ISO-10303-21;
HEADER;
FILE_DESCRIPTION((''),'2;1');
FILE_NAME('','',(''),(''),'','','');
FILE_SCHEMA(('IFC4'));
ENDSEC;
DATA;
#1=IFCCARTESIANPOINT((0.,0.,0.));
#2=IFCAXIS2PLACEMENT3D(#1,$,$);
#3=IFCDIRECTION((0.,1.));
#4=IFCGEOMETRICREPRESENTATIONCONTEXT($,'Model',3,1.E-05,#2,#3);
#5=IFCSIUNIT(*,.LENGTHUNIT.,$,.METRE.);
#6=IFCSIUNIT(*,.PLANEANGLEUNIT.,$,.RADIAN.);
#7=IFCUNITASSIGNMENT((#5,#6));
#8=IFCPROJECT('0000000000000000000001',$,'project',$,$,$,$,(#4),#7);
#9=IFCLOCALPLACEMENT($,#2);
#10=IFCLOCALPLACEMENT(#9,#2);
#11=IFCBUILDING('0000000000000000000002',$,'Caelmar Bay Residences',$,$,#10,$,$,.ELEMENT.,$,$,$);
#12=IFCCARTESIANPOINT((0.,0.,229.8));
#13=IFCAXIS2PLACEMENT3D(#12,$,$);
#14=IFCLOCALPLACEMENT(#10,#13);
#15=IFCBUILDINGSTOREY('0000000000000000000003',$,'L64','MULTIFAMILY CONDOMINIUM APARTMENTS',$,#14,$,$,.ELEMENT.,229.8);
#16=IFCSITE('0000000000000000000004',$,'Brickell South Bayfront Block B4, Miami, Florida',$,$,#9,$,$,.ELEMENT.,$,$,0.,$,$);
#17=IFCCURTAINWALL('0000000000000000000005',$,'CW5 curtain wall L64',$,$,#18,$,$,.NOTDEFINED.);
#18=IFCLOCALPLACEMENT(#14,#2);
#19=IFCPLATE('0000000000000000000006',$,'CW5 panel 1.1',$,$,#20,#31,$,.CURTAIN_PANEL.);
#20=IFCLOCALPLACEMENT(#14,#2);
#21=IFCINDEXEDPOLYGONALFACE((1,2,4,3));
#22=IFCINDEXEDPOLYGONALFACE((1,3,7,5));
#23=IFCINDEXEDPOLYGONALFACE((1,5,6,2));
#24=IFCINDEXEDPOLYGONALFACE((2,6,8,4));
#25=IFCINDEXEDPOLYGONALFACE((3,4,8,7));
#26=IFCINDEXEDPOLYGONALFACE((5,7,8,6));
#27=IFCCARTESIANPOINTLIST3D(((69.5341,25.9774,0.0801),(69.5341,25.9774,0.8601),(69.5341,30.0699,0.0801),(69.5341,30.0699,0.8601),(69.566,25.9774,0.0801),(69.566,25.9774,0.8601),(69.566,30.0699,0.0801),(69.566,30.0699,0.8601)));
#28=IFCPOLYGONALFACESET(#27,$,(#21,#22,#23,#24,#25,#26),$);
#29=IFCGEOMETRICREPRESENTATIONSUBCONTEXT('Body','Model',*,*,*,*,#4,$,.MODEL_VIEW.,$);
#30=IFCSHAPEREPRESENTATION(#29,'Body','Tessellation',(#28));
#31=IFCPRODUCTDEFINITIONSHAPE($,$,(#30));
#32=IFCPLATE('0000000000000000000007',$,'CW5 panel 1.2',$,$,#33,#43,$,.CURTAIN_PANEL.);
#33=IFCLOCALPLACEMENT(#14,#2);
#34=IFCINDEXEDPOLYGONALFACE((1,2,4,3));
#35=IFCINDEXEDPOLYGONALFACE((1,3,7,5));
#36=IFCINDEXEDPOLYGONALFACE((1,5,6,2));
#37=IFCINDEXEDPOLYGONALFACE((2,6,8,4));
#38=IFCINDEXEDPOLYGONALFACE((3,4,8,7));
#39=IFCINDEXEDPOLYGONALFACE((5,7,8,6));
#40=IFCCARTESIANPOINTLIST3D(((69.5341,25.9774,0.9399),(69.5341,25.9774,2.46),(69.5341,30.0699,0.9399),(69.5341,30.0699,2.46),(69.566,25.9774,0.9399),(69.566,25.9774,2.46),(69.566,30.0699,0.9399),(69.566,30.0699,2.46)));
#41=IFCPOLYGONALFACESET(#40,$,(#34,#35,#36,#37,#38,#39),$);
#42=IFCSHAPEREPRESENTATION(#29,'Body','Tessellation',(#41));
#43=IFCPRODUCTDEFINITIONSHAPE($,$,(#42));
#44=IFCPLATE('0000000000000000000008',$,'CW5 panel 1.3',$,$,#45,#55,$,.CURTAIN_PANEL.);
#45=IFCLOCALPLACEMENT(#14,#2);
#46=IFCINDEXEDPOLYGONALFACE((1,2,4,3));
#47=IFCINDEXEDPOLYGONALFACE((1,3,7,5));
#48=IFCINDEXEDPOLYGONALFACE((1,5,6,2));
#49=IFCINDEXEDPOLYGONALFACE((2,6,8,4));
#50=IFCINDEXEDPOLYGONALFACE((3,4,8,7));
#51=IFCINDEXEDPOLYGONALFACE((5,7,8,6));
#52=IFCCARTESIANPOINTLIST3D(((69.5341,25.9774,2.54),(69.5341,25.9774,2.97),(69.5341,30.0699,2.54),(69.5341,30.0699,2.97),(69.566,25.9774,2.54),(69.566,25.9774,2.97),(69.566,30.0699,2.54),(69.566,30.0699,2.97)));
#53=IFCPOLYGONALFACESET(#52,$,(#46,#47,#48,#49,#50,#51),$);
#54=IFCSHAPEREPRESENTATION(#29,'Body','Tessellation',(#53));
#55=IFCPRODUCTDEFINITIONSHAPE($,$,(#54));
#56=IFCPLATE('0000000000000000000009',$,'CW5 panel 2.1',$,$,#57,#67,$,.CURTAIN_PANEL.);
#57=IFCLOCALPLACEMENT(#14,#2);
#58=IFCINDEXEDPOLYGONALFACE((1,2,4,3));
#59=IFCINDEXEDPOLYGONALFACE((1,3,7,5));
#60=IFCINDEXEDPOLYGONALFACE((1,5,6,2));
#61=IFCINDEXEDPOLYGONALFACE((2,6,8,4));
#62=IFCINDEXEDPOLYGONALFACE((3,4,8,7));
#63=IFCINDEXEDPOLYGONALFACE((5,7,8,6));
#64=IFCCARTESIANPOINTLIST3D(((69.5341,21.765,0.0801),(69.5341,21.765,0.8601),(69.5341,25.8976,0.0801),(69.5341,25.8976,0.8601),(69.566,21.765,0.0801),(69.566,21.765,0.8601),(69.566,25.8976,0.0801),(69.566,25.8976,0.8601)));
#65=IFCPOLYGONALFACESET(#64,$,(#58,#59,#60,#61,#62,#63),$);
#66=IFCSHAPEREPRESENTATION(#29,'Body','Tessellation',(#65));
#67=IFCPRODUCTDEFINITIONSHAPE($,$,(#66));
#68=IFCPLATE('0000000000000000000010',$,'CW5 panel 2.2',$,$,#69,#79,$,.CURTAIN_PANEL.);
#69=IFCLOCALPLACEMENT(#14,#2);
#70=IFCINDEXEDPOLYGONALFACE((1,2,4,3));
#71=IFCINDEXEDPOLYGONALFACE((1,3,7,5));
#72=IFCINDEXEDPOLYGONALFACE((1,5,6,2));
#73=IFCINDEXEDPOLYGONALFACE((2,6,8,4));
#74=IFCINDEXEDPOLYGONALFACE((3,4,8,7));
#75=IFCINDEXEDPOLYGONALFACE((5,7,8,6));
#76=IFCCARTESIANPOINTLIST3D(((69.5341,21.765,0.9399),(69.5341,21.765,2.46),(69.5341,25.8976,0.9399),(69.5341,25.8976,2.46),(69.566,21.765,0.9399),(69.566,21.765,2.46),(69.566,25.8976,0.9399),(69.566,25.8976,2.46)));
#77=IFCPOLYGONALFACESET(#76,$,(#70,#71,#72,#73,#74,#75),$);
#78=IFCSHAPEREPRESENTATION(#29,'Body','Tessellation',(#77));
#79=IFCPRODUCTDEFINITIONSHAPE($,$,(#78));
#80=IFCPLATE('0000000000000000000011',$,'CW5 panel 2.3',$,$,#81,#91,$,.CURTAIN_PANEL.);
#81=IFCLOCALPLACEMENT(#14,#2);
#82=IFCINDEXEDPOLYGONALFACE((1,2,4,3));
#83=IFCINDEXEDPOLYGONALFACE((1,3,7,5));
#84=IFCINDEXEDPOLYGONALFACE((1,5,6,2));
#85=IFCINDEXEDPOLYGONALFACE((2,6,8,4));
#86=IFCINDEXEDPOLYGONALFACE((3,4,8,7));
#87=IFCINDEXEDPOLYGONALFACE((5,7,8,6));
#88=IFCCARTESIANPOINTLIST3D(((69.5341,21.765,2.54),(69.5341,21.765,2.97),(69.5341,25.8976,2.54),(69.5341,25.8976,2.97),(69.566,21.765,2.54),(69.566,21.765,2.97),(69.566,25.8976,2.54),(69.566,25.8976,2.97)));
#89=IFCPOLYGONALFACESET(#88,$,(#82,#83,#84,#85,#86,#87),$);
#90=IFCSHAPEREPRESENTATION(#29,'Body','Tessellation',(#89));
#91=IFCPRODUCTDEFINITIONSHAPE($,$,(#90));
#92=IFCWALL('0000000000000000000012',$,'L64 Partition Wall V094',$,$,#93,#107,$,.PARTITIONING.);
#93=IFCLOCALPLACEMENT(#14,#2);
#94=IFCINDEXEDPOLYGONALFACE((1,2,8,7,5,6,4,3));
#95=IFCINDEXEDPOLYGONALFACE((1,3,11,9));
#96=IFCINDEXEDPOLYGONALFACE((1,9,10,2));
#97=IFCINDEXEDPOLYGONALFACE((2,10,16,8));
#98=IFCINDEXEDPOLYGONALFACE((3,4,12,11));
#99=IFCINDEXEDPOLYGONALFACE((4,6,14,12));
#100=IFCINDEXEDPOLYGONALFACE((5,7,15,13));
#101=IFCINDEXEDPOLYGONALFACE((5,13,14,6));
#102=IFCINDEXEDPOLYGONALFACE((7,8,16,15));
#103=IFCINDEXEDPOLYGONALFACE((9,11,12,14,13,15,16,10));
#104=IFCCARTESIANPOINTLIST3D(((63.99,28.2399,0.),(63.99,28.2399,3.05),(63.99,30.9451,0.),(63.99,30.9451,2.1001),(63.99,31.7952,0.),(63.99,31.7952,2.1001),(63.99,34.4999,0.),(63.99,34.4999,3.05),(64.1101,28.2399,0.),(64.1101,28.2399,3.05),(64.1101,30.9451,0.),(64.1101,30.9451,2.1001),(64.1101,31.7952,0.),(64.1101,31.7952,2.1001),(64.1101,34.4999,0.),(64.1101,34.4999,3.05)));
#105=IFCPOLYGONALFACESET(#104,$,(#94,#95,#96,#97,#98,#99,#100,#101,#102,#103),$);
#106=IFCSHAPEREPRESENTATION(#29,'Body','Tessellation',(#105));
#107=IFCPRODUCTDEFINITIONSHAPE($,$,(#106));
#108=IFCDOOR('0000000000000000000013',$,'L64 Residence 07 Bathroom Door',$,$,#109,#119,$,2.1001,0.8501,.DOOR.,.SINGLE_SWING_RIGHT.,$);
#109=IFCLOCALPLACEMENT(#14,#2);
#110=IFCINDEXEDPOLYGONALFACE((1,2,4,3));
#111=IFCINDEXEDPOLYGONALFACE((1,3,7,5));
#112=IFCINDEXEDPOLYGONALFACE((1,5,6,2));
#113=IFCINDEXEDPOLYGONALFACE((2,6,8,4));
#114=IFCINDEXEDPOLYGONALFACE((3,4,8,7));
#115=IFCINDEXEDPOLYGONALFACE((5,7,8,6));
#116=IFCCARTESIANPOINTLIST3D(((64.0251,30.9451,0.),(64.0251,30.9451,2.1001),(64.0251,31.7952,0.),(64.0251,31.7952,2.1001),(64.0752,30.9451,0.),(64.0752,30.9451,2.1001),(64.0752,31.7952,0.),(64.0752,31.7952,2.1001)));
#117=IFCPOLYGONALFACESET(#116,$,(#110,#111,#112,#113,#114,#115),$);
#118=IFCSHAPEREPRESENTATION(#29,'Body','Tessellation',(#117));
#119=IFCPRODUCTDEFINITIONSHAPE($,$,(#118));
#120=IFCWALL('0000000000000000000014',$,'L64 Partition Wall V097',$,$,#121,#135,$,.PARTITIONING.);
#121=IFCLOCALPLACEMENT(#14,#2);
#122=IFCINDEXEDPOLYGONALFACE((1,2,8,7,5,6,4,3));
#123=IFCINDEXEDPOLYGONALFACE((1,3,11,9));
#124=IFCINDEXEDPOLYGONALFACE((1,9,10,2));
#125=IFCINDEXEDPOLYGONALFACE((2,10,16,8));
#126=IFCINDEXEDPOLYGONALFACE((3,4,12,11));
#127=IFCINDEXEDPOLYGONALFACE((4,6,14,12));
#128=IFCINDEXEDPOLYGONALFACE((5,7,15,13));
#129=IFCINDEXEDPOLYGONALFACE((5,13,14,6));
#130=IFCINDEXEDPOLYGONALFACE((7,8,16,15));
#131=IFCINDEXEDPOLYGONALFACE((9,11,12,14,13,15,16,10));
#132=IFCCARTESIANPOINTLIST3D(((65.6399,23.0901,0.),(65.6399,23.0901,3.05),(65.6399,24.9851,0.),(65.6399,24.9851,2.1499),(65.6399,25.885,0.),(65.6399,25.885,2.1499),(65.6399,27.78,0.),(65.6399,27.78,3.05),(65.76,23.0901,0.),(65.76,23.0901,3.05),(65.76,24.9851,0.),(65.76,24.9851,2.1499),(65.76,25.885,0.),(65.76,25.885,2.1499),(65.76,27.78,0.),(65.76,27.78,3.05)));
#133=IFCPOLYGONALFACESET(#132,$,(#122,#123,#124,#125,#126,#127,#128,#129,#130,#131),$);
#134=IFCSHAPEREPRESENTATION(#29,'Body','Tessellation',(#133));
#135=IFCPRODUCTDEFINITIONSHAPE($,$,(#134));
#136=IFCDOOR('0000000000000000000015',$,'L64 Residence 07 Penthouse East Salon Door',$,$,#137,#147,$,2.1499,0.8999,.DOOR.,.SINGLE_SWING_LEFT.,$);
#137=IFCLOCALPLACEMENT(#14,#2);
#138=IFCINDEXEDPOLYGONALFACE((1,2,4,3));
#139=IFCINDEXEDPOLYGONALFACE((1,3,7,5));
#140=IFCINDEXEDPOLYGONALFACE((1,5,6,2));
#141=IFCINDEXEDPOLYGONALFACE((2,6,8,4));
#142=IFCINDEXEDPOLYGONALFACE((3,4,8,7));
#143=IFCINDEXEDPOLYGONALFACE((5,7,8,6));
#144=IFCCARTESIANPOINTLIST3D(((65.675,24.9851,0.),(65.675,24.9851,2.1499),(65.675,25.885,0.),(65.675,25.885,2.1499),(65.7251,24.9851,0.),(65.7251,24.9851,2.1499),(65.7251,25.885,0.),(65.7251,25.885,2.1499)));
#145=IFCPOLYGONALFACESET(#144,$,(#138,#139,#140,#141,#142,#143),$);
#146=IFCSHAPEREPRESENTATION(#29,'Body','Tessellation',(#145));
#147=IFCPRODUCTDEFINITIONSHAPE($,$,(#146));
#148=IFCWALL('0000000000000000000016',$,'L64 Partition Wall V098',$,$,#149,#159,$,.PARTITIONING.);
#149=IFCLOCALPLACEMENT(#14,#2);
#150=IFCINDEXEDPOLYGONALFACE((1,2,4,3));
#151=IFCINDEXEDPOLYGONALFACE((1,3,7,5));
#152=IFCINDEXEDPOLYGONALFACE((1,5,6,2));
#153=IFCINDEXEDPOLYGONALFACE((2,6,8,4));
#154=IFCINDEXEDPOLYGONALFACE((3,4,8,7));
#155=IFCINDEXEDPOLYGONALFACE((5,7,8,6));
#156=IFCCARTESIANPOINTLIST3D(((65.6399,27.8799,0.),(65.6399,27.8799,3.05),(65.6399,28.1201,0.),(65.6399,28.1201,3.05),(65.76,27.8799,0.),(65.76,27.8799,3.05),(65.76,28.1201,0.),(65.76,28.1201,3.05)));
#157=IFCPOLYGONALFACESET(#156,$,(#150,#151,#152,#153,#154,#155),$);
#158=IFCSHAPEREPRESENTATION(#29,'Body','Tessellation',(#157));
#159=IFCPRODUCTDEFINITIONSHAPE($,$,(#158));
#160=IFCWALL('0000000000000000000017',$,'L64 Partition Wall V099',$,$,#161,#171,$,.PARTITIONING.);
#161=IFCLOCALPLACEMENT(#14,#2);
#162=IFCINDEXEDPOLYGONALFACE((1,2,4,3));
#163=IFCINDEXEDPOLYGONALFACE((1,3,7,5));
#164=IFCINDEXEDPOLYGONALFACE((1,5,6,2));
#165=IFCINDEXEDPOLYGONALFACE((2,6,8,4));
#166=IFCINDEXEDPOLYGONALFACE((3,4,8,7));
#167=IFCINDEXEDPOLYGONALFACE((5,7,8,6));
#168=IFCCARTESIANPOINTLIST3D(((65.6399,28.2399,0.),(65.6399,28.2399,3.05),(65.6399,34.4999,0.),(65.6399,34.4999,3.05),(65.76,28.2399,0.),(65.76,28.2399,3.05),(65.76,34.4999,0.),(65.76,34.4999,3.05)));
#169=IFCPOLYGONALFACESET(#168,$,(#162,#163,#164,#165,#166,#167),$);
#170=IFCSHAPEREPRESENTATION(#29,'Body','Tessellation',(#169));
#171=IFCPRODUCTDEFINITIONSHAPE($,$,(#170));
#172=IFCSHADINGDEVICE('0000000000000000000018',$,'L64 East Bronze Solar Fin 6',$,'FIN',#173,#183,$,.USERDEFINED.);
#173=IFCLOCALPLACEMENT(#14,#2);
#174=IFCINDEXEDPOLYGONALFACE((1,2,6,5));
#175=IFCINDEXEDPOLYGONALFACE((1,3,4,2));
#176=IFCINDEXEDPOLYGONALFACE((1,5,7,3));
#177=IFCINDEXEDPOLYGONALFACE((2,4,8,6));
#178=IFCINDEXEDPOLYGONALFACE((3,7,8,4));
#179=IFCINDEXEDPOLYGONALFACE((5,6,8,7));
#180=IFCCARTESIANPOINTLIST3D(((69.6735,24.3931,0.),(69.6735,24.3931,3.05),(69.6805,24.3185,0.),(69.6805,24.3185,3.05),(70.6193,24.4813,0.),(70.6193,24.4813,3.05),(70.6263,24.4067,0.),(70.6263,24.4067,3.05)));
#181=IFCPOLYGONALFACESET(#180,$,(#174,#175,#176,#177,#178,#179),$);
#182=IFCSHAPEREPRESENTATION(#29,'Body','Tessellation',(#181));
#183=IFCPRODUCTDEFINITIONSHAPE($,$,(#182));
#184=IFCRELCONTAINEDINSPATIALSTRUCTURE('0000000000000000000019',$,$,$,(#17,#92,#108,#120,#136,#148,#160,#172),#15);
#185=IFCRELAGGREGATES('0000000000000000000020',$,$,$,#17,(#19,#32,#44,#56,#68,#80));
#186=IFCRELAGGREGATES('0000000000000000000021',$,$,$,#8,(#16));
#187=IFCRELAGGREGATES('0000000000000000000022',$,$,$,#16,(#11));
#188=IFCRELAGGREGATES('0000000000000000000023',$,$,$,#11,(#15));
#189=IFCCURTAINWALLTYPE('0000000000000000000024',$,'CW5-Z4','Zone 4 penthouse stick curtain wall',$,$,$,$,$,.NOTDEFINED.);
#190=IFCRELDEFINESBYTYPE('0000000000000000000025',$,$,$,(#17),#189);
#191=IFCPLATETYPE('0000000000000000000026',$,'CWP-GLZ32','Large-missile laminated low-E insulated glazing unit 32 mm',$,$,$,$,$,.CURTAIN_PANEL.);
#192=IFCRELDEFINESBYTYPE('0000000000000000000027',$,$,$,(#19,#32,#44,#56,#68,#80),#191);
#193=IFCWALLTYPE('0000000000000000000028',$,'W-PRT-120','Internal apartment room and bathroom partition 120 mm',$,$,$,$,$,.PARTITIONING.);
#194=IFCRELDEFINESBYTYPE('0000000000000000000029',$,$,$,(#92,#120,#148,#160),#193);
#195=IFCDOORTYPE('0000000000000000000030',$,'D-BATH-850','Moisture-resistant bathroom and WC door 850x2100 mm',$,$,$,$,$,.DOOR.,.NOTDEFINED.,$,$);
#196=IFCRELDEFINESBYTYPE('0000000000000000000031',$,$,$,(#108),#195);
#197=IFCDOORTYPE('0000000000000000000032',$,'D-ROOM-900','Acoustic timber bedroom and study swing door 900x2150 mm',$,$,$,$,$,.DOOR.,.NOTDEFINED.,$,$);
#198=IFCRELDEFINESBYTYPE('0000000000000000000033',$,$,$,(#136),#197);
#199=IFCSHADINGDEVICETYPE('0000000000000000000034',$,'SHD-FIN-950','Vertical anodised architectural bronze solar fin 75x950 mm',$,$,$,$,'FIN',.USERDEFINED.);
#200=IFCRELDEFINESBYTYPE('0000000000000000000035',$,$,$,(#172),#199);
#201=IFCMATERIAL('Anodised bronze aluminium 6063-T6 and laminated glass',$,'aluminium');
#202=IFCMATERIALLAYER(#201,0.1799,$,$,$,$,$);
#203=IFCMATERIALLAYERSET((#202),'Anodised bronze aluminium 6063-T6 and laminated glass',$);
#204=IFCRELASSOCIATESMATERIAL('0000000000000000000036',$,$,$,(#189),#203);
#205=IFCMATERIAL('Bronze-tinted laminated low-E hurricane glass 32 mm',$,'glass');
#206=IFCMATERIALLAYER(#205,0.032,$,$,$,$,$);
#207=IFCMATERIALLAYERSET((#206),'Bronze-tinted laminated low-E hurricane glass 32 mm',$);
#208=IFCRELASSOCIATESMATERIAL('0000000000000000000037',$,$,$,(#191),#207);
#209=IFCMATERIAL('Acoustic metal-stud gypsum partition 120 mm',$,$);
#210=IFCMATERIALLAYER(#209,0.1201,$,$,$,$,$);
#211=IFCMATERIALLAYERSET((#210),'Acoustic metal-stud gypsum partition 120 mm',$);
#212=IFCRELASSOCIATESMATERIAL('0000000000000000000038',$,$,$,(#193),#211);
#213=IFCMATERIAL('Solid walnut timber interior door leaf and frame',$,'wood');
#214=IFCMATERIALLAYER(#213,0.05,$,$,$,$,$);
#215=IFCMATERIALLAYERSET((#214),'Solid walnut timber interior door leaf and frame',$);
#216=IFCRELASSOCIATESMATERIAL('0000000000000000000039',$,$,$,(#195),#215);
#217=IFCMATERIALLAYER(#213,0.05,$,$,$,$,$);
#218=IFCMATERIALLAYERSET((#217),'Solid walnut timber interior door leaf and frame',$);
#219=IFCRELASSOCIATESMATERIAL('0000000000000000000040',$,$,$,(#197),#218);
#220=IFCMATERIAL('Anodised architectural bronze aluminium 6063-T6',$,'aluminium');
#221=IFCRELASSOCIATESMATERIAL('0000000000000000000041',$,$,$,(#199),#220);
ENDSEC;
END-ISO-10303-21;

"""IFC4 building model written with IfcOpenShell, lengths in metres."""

from ifc_helpers import new_model, si_unit, direction, frame, frame_2d, origin, origin_2d, place, context, subcontext, project, spatial, rectangle, extrude, material, layer, layer_set, material_profile, profile_set, type_object, element, fill, aggregate, save


model = new_model("IFC4")

# Units and contexts
model_context = context("Model", 3, precision=1e-05, world=origin(), true_north=direction((0.0, 1.0)))
body_context = subcontext(model_context, "Body", "Model", "MODEL_VIEW")
ifc_project = project(units=[si_unit("LENGTHUNIT", "METRE"), si_unit("PLANEANGLEUNIT", "RADIAN")], contexts=[model_context])

# Site, building, storey
site_placement = place(None, origin())
site = spatial("IfcSite", under=ifc_project, at=site_placement, Name="Brickell South Bayfront Block B4, Miami, Florida", CompositionType="ELEMENT", RefElevation=0.0)
building_placement = place(site_placement, origin())
building = spatial("IfcBuilding", under=site, at=building_placement, Name="Caelmar Bay Residences", CompositionType="ELEMENT")
storey_placement = place(building_placement, frame((0.0, 0.0, 229.8)))
storey = spatial("IfcBuildingStorey", under=building, at=storey_placement, Name="L64", Description="MULTIFAMILY CONDOMINIUM APARTMENTS", CompositionType="ELEMENT", Elevation=229.8)

# Curtain wall, plates
ifc_material_1 = material(Name="Anodised bronze aluminium 6063-T6 and laminated glass", Category="aluminium")
ifc_layer_1 = layer(ifc_material_1, 0.1799)
ifc_layer_set_1 = layer_set([ifc_layer_1], Name="Anodised bronze aluminium 6063-T6 and laminated glass")
curtain_wall_type = type_object("IfcCurtainWallType", Name="CW5-Z4", Description="Zone 4 penthouse stick curtain wall", PredefinedType="NOTDEFINED", material=ifc_layer_set_1)
curtain_wall_placement = place(storey_placement, origin())
curtain_wall = element("IfcCurtainWall", 1, at=curtain_wall_placement, inside=storey, type_object=curtain_wall_type, Name="CW5 curtain wall L64", PredefinedType="NOTDEFINED")
ifc_material_2 = material(Name="Bronze-tinted laminated low-E hurricane glass 32 mm", Category="glass")
ifc_layer_2 = layer(ifc_material_2, 0.032)
ifc_layer_set_2 = layer_set([ifc_layer_2], Name="Bronze-tinted laminated low-E hurricane glass 32 mm")
plate_type = type_object("IfcPlateType", Name="CWP-GLZ32", Description="Large-missile laminated low-E insulated glazing unit 32 mm", PredefinedType="CURTAIN_PANEL", material=ifc_layer_set_2)
plate_1_placement = place(storey_placement, frame((69.55, 28.0237, 0.0801), z_axis=(0.0, 0.0, 1.0), x_axis=(0.0, -1.0, 0.0)))
plate_1 = element("IfcPlate", 2, at=plate_1_placement, type_object=plate_type, Name="CW5 panel 1.1", PredefinedType="CURTAIN_PANEL", context=body_context, shape_type="SweptSolid", body=[
    extrude(rectangle(XDim=4.0925, YDim=0.032, at=origin_2d()), origin(), (0.0, 0.0, 1.0), 0.78),
])
plate_2_placement = place(storey_placement, frame((69.55, 28.0237, 0.9399), z_axis=(0.0, 0.0, 1.0), x_axis=(0.0, -1.0, 0.0)))
plate_2 = element("IfcPlate", 3, at=plate_2_placement, type_object=plate_type, Name="CW5 panel 1.2", PredefinedType="CURTAIN_PANEL", context=body_context, shape_type="SweptSolid", body=[
    extrude(rectangle(XDim=4.0925, YDim=0.032, at=origin_2d()), origin(), (0.0, 0.0, 1.0), 1.52),
])
plate_3_placement = place(storey_placement, frame((69.55, 28.0237, 2.54), z_axis=(0.0, 0.0, 1.0), x_axis=(0.0, -1.0, 0.0)))
plate_3 = element("IfcPlate", 4, at=plate_3_placement, type_object=plate_type, Name="CW5 panel 1.3", PredefinedType="CURTAIN_PANEL", context=body_context, shape_type="SweptSolid", body=[
    extrude(rectangle(XDim=4.0925, YDim=0.032, at=origin_2d()), origin(), (0.0, 0.0, 1.0), 0.4299),
])
plate_4_placement = place(storey_placement, frame((69.55, 23.8313, 0.0801), z_axis=(0.0, 0.0, 1.0), x_axis=(0.0, -1.0, 0.0)))
plate_4 = element("IfcPlate", 5, at=plate_4_placement, type_object=plate_type, Name="CW5 panel 2.1", PredefinedType="CURTAIN_PANEL", context=body_context, shape_type="SweptSolid", body=[
    extrude(rectangle(XDim=4.1326, YDim=0.032, at=origin_2d()), origin(), (0.0, 0.0, 1.0), 0.78),
])
plate_5_placement = place(storey_placement, frame((69.55, 23.8313, 0.9399), z_axis=(0.0, 0.0, 1.0), x_axis=(0.0, -1.0, 0.0)))
plate_5 = element("IfcPlate", 6, at=plate_5_placement, type_object=plate_type, Name="CW5 panel 2.2", PredefinedType="CURTAIN_PANEL", context=body_context, shape_type="SweptSolid", body=[
    extrude(rectangle(XDim=4.1326, YDim=0.032, at=origin_2d()), origin(), (0.0, 0.0, 1.0), 1.52),
])
plate_6_placement = place(storey_placement, frame((69.55, 23.8313, 2.54), z_axis=(0.0, 0.0, 1.0), x_axis=(0.0, -1.0, 0.0)))
plate_6 = element("IfcPlate", 7, at=plate_6_placement, type_object=plate_type, Name="CW5 panel 2.3", PredefinedType="CURTAIN_PANEL", context=body_context, shape_type="SweptSolid", body=[
    extrude(rectangle(XDim=4.1326, YDim=0.032, at=origin_2d()), origin(), (0.0, 0.0, 1.0), 0.4299),
])
aggregate(curtain_wall, [plate_1, plate_2, plate_3, plate_4, plate_5, plate_6])

# Walls, openings, doors
ifc_material_3 = material(Name="Acoustic metal-stud gypsum partition 120 mm")
ifc_layer_3 = layer(ifc_material_3, 0.1201)
ifc_layer_set_3 = layer_set([ifc_layer_3], Name="Acoustic metal-stud gypsum partition 120 mm")
wall_type = type_object("IfcWallType", Name="W-PRT-120", Description="Internal apartment room and bathroom partition 120 mm", PredefinedType="PARTITIONING", material=ifc_layer_set_3)
wall_1_placement = place(storey_placement, frame((64.05, 28.24, 0.0), z_axis=(0.0, 0.0, 1.0), x_axis=(0.0, 1.0, 0.0)))
wall_1 = element("IfcWall", 8, at=wall_1_placement, inside=storey, type_object=wall_type, Name="L64 Partition Wall V094", PredefinedType="PARTITIONING", context=body_context, shape_type="SweptSolid", body=[
    extrude(rectangle(XDim=6.26, YDim=0.1201, at=frame_2d((3.1299, 0.0))), origin(), (0.0, 0.0, 1.0), 3.05),
])
opening_1_placement = place(wall_1_placement, frame((2.7051, 0.0, 0.0)))
opening_1 = element("IfcOpeningElement", 9, at=opening_1_placement, cuts=wall_1, PredefinedType="OPENING", context=body_context, shape_type="SweptSolid", body=[
    extrude(rectangle(XDim=0.8501, YDim=2.1001, at=frame_2d((0.425, 1.05))), frame((0.0, 0.0701, 0.0), z_axis=(0.0, -1.0, 0.0), x_axis=(1.0, 0.0, 0.0)), (0.0, 0.0, 1.0), 0.1401),
])
ifc_material_4 = material(Name="Solid walnut timber interior door leaf and frame", Category="wood")
ifc_layer_4 = layer(ifc_material_4, 0.05)
ifc_layer_set_4 = layer_set([ifc_layer_4], Name="Solid walnut timber interior door leaf and frame")
door_type_1 = type_object("IfcDoorType", Name="D-BATH-850", Description="Moisture-resistant bathroom and WC door 850x2100 mm", OperationType="NOTDEFINED", PredefinedType="DOOR", material=ifc_layer_set_4)
door_1_placement = place(opening_1_placement, origin())
door_1 = element("IfcDoor", 10, at=door_1_placement, inside=storey, type_object=door_type_1, Name="L64 Residence 07 Bathroom Door", OperationType="SINGLE_SWING_RIGHT", OverallHeight=2.1001, OverallWidth=0.8501, PredefinedType="DOOR", context=body_context, shape_type="SweptSolid", body=[
    extrude(rectangle(XDim=0.8501, YDim=2.1001, at=frame_2d((0.425, 1.05))), frame((0.0, 0.0249, 0.0), z_axis=(0.0, -1.0, 0.0), x_axis=(1.0, 0.0, 0.0)), (0.0, 0.0, 1.0), 0.05),
])
fill(opening_1, door_1)
wall_2_placement = place(storey_placement, frame((65.7, 23.0901, 0.0), z_axis=(0.0, 0.0, 1.0), x_axis=(0.0, 1.0, 0.0)))
wall_2 = element("IfcWall", 11, at=wall_2_placement, inside=storey, type_object=wall_type, Name="L64 Partition Wall V097", PredefinedType="PARTITIONING", context=body_context, shape_type="SweptSolid", body=[
    extrude(rectangle(XDim=4.6899, YDim=0.1201, at=frame_2d((2.345, 0.0))), origin(), (0.0, 0.0, 1.0), 3.05),
])
opening_2_placement = place(wall_2_placement, frame((1.895, 0.0, 0.0)))
opening_2 = element("IfcOpeningElement", 12, at=opening_2_placement, cuts=wall_2, PredefinedType="OPENING", context=body_context, shape_type="SweptSolid", body=[
    extrude(rectangle(XDim=0.8999, YDim=2.1499, at=frame_2d((0.45, 1.075))), frame((0.0, 0.0701, 0.0), z_axis=(0.0, -1.0, 0.0), x_axis=(1.0, 0.0, 0.0)), (0.0, 0.0, 1.0), 0.1401),
])
ifc_layer_5 = layer(ifc_material_4, 0.05)
ifc_layer_set_5 = layer_set([ifc_layer_5], Name="Solid walnut timber interior door leaf and frame")
door_type_2 = type_object("IfcDoorType", Name="D-ROOM-900", Description="Acoustic timber bedroom and study swing door 900x2150 mm", OperationType="NOTDEFINED", PredefinedType="DOOR", material=ifc_layer_set_5)
door_2_placement = place(opening_2_placement, origin())
door_2 = element("IfcDoor", 13, at=door_2_placement, inside=storey, type_object=door_type_2, Name="L64 Residence 07 Penthouse East Salon Door", OperationType="SINGLE_SWING_LEFT", OverallHeight=2.1499, OverallWidth=0.8999, PredefinedType="DOOR", context=body_context, shape_type="SweptSolid", body=[
    extrude(rectangle(XDim=0.8999, YDim=2.1499, at=frame_2d((0.45, 1.075))), frame((0.0, 0.0249, 0.0), z_axis=(0.0, -1.0, 0.0), x_axis=(1.0, 0.0, 0.0)), (0.0, 0.0, 1.0), 0.05),
])
fill(opening_2, door_2)

# Walls
wall_3_placement = place(storey_placement, frame((65.7, 27.8799, 0.0), z_axis=(0.0, 0.0, 1.0), x_axis=(0.0, 1.0, 0.0)))
element("IfcWall", 14, at=wall_3_placement, inside=storey, type_object=wall_type, Name="L64 Partition Wall V098", PredefinedType="PARTITIONING", context=body_context, shape_type="SweptSolid", body=[
    extrude(rectangle(XDim=0.2402, YDim=0.1201, at=frame_2d((0.1201, 0.0))), origin(), (0.0, 0.0, 1.0), 3.05),
])
wall_4_placement = place(storey_placement, frame((65.7, 28.24, 0.0), z_axis=(0.0, 0.0, 1.0), x_axis=(0.0, 1.0, 0.0)))
element("IfcWall", 15, at=wall_4_placement, inside=storey, type_object=wall_type, Name="L64 Partition Wall V099", PredefinedType="PARTITIONING", context=body_context, shape_type="SweptSolid", body=[
    extrude(rectangle(XDim=6.26, YDim=0.1201, at=frame_2d((3.1299, 0.0))), origin(), (0.0, 0.0, 1.0), 3.05),
])

# Shading device
ifc_material_5 = material(Name="Anodised architectural bronze aluminium 6063-T6", Category="aluminium")
ifc_material_profile_1 = material_profile(ifc_material_5, rectangle(XDim=0.075, YDim=0.95, at=origin_2d()), Name="BRONZE-FIN-75X950")
ifc_profile_set_1 = profile_set([ifc_material_profile_1], Name="Anodised architectural bronze aluminium 6063-T6")
shading_device_type = type_object("IfcShadingDeviceType", Name="SHD-FIN-950", Description="Vertical anodised architectural bronze solar fin 75x950 mm", ElementType="FIN", PredefinedType="USERDEFINED", material=ifc_profile_set_1)
for number, where, z_axis, x_axis, name in (
    (16, (70.1499, 24.3999, 0.0), (0.0, 0.0, 1.0), (-0.092892, 0.995676, 0.0), "L64 East Bronze Solar Fin 6"),
):
    element("IfcShadingDevice", number, at=place(storey_placement, frame(where, z_axis=z_axis, x_axis=x_axis)), inside=storey, type_object=shading_device_type, Name=name, ObjectType="FIN", PredefinedType="USERDEFINED", context=body_context, shape_type="SweptSolid", body=[
        extrude(rectangle(XDim=0.075, YDim=0.95, at=origin_2d()), origin(), (0.0, 0.0, 1.0), 3.05),
    ])

save(model, "model.ifc")
